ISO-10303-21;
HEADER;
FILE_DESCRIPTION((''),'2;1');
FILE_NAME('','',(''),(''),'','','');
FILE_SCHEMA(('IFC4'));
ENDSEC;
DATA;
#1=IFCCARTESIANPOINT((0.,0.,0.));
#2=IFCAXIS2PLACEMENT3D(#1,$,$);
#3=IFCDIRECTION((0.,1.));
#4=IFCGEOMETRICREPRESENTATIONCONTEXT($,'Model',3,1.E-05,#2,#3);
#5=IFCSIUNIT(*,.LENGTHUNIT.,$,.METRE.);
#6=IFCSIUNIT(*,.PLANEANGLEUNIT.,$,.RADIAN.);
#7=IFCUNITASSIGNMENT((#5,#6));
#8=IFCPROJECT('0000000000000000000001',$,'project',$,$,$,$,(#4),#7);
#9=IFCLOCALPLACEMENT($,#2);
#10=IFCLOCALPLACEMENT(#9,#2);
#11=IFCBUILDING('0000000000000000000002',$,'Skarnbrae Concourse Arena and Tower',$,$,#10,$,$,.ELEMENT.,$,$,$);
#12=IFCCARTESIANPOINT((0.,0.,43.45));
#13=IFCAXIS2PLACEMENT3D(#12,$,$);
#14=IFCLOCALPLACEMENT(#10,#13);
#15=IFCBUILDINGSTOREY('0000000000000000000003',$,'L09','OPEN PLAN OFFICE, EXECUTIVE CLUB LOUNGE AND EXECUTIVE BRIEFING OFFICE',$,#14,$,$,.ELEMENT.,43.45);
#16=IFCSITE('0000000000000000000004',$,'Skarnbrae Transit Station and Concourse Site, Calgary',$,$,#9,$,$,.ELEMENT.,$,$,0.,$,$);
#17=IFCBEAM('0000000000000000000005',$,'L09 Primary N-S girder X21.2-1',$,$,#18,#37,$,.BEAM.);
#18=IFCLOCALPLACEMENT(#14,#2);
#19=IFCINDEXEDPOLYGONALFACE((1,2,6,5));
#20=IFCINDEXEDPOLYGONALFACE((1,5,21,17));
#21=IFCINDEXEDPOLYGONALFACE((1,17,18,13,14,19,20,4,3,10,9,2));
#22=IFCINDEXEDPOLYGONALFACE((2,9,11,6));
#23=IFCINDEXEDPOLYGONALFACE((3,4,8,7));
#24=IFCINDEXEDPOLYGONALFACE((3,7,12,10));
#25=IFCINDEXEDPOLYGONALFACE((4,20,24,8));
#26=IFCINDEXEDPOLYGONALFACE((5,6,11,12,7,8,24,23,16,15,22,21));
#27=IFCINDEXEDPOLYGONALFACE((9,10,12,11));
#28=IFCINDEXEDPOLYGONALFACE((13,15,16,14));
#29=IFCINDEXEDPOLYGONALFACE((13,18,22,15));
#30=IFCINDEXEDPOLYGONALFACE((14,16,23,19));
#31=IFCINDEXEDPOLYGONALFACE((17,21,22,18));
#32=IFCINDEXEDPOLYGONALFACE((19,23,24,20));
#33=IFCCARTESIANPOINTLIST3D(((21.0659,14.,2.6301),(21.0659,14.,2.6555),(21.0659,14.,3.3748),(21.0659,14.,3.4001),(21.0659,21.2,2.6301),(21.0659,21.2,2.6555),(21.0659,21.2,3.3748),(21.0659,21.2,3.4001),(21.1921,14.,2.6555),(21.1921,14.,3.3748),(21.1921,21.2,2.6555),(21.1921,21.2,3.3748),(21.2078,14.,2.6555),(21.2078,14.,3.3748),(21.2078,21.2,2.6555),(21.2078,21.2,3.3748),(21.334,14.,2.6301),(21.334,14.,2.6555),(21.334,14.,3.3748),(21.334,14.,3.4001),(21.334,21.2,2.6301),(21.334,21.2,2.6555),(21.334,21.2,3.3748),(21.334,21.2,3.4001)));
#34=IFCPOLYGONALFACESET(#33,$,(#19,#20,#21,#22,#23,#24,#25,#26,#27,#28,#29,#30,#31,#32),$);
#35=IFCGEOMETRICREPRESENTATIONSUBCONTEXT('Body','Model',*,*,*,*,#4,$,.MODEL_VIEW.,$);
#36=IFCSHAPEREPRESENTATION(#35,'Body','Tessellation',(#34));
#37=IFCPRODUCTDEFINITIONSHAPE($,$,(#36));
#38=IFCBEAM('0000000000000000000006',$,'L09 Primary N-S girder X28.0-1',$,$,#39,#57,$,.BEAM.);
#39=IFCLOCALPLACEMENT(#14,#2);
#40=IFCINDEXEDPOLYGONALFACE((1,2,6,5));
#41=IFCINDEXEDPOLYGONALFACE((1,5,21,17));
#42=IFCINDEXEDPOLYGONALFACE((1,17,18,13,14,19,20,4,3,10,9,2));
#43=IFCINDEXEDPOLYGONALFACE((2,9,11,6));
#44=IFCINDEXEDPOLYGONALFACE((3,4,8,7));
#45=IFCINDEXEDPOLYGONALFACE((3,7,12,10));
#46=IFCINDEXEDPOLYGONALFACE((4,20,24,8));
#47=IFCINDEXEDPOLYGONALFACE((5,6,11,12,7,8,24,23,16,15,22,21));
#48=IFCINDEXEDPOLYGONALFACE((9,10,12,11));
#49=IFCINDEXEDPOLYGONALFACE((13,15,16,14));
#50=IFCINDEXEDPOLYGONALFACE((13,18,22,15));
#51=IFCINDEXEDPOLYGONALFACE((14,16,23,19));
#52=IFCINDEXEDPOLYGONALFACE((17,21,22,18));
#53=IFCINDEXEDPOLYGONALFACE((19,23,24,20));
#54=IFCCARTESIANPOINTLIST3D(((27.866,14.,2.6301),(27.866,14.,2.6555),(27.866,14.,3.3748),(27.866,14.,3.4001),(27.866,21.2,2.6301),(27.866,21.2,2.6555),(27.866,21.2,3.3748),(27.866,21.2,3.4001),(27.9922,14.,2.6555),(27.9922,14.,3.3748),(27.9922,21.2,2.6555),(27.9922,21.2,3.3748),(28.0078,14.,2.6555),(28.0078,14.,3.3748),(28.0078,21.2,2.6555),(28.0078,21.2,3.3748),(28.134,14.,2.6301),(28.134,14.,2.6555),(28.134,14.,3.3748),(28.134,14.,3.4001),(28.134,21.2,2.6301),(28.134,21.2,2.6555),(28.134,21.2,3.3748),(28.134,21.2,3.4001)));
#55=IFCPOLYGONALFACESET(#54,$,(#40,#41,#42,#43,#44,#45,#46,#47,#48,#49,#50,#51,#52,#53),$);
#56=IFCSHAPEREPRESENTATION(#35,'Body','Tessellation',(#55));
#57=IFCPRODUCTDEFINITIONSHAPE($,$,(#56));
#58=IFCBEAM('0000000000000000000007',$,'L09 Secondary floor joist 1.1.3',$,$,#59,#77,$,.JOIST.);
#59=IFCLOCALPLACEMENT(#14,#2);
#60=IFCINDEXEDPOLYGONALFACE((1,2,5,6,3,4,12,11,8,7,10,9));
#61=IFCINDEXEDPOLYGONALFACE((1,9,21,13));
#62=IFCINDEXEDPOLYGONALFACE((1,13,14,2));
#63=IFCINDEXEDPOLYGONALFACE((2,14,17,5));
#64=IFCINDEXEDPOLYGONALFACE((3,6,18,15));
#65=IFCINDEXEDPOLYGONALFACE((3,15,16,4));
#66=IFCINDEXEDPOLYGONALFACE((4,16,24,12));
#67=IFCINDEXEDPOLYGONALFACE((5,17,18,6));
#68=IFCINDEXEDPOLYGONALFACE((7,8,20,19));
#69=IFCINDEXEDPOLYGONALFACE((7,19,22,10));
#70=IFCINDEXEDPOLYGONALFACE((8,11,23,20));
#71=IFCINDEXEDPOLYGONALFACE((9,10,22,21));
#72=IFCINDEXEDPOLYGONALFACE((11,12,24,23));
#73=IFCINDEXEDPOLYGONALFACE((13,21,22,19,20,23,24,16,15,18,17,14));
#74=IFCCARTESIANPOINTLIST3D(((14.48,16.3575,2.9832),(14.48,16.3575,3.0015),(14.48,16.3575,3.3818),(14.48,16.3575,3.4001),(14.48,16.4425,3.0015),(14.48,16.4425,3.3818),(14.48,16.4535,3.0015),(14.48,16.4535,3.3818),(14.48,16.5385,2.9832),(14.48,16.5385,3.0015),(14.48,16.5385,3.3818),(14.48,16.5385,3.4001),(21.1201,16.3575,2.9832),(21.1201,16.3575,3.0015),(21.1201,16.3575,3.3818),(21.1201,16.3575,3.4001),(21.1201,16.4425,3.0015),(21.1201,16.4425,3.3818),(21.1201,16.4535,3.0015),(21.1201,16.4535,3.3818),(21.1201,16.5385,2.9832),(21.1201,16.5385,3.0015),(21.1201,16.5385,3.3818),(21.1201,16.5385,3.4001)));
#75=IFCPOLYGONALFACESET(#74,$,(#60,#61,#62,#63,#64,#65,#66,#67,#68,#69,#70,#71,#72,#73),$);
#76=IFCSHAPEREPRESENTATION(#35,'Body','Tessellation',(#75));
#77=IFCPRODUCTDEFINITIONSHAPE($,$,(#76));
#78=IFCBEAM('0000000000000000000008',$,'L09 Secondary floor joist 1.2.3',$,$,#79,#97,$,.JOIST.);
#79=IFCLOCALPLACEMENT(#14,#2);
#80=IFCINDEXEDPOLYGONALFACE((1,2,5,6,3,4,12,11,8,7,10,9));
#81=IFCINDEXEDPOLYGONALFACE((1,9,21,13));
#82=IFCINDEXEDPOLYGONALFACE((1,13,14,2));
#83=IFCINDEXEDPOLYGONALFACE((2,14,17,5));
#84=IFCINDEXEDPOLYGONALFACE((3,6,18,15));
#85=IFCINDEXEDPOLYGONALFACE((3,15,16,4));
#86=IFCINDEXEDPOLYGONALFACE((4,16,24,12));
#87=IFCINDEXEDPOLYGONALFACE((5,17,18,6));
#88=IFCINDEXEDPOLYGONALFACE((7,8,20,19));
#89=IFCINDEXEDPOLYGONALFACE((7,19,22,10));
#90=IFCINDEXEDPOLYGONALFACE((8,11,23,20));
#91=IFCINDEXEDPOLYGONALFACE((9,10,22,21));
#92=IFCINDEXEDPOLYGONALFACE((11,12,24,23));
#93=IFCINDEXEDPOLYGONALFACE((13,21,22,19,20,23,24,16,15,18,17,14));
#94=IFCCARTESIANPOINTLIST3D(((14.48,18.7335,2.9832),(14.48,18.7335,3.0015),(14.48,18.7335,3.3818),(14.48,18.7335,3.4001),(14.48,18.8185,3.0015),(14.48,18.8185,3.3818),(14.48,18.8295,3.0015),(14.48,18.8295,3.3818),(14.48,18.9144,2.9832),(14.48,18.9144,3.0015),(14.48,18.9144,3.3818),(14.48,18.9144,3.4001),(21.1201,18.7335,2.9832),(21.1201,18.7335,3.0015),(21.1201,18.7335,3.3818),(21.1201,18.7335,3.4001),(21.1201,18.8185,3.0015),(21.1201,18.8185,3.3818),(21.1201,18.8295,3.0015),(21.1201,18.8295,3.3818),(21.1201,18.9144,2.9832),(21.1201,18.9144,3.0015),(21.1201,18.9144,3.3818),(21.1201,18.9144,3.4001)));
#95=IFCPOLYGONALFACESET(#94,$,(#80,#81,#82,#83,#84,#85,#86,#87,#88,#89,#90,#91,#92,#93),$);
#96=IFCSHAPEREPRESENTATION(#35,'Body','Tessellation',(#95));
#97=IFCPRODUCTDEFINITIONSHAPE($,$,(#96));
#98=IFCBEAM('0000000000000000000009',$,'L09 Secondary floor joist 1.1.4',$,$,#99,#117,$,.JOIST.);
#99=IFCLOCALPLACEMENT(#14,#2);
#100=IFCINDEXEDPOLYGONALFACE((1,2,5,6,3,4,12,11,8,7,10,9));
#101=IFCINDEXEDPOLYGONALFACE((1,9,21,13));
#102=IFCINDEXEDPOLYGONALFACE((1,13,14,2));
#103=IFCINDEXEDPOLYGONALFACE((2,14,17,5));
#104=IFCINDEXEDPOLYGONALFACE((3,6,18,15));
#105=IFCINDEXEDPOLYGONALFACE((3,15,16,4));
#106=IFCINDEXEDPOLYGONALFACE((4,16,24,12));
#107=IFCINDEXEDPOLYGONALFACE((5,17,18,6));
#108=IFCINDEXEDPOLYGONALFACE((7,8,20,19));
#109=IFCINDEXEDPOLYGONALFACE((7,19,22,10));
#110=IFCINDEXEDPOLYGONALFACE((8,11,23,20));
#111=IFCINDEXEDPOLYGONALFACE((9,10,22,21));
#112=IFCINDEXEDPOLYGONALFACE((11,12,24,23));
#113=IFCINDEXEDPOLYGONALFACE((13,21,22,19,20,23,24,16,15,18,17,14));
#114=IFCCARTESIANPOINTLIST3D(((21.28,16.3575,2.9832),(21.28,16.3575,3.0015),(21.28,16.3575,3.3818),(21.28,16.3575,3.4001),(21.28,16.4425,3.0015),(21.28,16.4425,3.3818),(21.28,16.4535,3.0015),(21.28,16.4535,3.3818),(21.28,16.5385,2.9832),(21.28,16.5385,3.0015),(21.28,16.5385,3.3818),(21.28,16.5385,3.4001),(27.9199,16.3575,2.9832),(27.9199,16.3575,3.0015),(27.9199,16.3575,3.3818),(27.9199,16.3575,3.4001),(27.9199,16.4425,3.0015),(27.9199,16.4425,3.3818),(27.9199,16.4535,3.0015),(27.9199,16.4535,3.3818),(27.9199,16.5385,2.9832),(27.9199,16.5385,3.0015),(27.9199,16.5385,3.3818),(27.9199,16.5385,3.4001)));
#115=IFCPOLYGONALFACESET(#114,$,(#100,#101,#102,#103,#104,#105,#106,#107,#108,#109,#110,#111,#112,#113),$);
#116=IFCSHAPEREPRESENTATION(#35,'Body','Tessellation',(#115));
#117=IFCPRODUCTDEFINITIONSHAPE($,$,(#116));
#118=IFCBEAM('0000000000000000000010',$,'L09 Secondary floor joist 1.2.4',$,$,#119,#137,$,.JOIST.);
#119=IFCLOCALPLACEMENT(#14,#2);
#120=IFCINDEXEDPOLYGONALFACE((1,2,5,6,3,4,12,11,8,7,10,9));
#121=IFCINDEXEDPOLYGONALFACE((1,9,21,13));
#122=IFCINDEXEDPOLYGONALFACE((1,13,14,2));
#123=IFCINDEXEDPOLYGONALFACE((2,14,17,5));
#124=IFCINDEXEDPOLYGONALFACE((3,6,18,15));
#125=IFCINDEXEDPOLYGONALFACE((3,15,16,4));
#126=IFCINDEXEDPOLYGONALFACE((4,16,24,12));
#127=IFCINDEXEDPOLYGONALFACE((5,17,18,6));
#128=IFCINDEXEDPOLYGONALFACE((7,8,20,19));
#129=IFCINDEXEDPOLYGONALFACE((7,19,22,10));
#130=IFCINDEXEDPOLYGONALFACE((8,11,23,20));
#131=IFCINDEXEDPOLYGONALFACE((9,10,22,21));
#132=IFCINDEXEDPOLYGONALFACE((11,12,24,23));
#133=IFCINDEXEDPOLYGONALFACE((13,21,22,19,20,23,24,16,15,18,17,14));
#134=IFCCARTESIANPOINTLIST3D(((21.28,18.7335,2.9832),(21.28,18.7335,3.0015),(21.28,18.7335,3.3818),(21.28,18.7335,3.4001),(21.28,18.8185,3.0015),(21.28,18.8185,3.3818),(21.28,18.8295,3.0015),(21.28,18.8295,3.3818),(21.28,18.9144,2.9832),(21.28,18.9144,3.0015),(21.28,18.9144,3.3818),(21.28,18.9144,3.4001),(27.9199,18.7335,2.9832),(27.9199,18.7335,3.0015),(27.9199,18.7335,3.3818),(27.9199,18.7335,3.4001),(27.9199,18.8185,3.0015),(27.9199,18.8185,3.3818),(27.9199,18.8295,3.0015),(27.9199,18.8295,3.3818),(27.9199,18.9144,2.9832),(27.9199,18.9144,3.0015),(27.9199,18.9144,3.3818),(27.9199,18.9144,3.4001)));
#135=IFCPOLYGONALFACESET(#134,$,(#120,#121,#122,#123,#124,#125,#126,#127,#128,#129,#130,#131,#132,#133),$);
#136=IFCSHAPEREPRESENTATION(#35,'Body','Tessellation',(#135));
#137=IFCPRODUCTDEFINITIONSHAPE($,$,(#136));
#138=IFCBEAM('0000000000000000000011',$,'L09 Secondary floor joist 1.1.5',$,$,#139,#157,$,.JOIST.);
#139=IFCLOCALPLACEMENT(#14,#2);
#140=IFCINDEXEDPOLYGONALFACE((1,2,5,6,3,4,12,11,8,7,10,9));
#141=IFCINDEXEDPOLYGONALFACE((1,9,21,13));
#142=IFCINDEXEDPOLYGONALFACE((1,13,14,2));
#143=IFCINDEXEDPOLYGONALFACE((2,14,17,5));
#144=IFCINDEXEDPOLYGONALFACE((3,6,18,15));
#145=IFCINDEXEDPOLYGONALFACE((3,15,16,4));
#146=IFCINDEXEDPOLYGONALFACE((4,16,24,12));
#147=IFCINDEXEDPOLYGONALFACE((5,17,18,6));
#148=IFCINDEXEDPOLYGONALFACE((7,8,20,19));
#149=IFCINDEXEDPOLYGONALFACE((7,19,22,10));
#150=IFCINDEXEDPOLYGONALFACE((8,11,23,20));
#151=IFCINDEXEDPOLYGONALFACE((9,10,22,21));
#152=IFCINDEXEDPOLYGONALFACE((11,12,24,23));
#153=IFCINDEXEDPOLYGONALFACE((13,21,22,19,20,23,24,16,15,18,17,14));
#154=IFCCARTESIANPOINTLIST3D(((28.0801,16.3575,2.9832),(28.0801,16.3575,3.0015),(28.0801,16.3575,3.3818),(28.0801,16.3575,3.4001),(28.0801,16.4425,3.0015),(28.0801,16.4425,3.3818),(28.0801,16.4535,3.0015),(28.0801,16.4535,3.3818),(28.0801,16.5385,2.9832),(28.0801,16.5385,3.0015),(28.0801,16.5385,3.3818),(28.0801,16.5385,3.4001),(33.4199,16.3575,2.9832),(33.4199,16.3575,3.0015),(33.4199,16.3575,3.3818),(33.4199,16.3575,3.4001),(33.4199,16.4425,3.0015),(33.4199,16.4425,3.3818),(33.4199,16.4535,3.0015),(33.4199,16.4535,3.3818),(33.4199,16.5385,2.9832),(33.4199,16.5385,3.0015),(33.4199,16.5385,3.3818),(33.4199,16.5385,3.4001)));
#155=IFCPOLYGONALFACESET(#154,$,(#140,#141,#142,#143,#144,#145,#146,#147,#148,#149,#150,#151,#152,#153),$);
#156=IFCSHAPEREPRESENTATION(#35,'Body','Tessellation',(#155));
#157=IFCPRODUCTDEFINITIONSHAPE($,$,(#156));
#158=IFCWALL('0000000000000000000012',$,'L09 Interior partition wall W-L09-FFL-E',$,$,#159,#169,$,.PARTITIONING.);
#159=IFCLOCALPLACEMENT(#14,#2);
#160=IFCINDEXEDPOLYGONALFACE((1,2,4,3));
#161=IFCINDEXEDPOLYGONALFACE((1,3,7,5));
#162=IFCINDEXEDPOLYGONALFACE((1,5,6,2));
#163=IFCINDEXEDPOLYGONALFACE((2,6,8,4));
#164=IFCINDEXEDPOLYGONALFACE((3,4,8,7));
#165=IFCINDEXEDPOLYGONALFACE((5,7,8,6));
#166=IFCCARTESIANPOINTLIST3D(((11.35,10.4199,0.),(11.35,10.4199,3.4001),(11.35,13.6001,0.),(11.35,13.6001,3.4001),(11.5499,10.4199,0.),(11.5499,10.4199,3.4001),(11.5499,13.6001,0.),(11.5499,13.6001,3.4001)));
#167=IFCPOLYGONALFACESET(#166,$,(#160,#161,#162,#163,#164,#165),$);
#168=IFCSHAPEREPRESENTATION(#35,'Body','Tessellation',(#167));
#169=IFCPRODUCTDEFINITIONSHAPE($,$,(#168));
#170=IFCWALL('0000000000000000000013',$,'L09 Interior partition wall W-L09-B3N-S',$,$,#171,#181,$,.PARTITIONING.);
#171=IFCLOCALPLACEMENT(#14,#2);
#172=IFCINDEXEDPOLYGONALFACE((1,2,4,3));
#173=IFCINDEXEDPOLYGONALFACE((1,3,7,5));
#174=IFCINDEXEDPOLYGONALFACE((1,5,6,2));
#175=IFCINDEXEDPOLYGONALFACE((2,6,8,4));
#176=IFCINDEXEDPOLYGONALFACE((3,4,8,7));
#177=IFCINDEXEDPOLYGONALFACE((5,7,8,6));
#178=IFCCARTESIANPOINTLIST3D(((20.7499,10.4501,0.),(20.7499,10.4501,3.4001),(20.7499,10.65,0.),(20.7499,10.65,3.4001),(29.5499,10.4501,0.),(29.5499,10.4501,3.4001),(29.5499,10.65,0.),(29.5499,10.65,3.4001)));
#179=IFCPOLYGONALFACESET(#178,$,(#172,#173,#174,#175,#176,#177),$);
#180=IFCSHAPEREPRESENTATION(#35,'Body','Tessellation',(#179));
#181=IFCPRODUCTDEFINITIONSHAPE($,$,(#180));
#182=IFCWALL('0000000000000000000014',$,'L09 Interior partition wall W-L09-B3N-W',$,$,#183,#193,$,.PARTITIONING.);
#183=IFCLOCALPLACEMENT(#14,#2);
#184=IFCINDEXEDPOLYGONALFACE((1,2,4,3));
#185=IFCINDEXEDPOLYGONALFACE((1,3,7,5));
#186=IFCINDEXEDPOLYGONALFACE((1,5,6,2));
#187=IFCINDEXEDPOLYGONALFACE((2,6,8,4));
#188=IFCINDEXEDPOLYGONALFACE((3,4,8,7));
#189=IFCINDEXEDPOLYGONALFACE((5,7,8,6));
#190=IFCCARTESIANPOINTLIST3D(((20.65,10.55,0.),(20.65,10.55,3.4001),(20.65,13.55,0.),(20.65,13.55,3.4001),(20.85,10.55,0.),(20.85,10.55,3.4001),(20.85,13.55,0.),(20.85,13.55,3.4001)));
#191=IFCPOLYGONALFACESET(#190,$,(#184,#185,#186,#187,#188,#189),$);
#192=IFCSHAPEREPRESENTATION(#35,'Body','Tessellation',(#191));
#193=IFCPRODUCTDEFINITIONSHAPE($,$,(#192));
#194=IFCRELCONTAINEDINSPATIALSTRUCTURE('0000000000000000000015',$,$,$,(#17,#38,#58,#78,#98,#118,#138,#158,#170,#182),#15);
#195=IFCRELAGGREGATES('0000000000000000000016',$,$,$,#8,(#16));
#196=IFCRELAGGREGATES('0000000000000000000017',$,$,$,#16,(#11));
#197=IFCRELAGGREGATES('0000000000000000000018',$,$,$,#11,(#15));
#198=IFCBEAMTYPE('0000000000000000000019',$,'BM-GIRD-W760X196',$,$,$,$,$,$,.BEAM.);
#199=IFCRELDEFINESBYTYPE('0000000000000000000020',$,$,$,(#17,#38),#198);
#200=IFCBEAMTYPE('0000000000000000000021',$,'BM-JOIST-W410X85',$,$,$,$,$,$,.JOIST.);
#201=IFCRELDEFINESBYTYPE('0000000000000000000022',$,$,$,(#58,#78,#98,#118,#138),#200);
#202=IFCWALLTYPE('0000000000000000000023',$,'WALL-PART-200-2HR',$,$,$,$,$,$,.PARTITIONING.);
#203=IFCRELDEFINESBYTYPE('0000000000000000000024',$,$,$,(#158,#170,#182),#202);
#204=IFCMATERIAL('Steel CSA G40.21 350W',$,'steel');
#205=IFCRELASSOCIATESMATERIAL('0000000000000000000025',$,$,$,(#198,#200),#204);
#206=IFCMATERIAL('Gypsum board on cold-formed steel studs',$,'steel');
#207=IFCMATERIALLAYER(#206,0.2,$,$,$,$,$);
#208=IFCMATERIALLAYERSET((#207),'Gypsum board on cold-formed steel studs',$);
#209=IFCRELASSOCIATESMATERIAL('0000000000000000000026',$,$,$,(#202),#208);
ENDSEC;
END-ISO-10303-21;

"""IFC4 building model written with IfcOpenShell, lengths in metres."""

from ifc_helpers import new_model, si_unit, direction, frame, frame_2d, origin, origin_2d, place, context, subcontext, project, spatial, rectangle, i_section, extrude, source, transform, mapped, material, layer, layer_set, material_profile, profile_set, type_object, element, save


model = new_model("IFC4")

# Units and contexts
model_context = context("Model", 3, precision=1e-05, world=origin(), true_north=direction((0.0, 1.0)))
body_context = subcontext(model_context, "Body", "Model", "MODEL_VIEW")
ifc_project = project(units=[si_unit("LENGTHUNIT", "METRE"), si_unit("PLANEANGLEUNIT", "RADIAN")], contexts=[model_context])

# Site, building, storey
site_placement = place(None, origin())
site = spatial("IfcSite", under=ifc_project, at=site_placement, Name="Skarnbrae Transit Station and Concourse Site, Calgary", CompositionType="ELEMENT", RefElevation=0.0)
building_placement = place(site_placement, origin())
building = spatial("IfcBuilding", under=site, at=building_placement, Name="Skarnbrae Concourse Arena and Tower", CompositionType="ELEMENT")
storey_placement = place(building_placement, frame((0.0, 0.0, 43.45)))
storey = spatial("IfcBuildingStorey", under=building, at=storey_placement, Name="L09", Description="OPEN PLAN OFFICE, EXECUTIVE CLUB LOUNGE AND EXECUTIVE BRIEFING OFFICE", CompositionType="ELEMENT", Elevation=43.45)

# Shared definitions
ifc_material_1 = material(Name="Steel CSA G40.21 350W", Category="steel")

# Beams
ifc_material_profile_1 = material_profile(ifc_material_1, i_section(OverallWidth=0.2681, OverallDepth=0.77, WebThickness=0.0156, FlangeThickness=0.0254, at=origin_2d()), Name="W760X196")
ifc_profile_set_1 = profile_set([ifc_material_profile_1], Name="Steel CSA G40.21 350W")
beam_type_1 = type_object("IfcBeamType", Name="BM-GIRD-W760X196", PredefinedType="BEAM", material=ifc_profile_set_1)
shared_shape_1 = source(origin(), body_context, "Body", "SweptSolid", [
    extrude(i_section(OverallWidth=0.2681, OverallDepth=0.77, WebThickness=0.0156, FlangeThickness=0.0254, at=origin_2d()), origin(), (0.0, 0.0, 1.0), 7.2),
])
for number, where, z_axis, x_axis, name in (
    (1, (21.2, 14.0, 3.0151), (0.0, 1.0, 0.0), (-1.0, 0.0, 0.0), "L09 Primary N-S girder X21.2-1"),
    (2, (28.0, 14.0, 3.0151), (0.0, 1.0, 0.0), (-1.0, 0.0, 0.0), "L09 Primary N-S girder X28.0-1"),
):
    element("IfcBeam", number, at=place(storey_placement, frame(where, z_axis=z_axis, x_axis=x_axis)), inside=storey, type_object=beam_type_1, Name=name, PredefinedType="BEAM", context=body_context, shape_type="MappedRepresentation", body=[
        mapped(shared_shape_1, transform((0.0, 0.0, 0.0))),
    ])
ifc_material_profile_2 = material_profile(ifc_material_1, i_section(OverallWidth=0.1809, OverallDepth=0.417, WebThickness=0.011, FlangeThickness=0.0183, at=origin_2d()), Name="W410X85")
ifc_profile_set_2 = profile_set([ifc_material_profile_2], Name="Steel CSA G40.21 350W")
beam_type_2 = type_object("IfcBeamType", Name="BM-JOIST-W410X85", PredefinedType="JOIST", material=ifc_profile_set_2)
shared_shape_2 = source(origin(), body_context, "Body", "SweptSolid", [
    extrude(i_section(OverallWidth=0.1809, OverallDepth=0.417, WebThickness=0.011, FlangeThickness=0.0183, at=origin_2d()), origin(), (0.0, 0.0, 1.0), 6.6401),
])
for number, where, z_axis, x_axis, name in (
    (3, (14.48, 16.448, 3.1917), (1.0, 0.0, 0.0), (0.0, 1.0, 0.0), "L09 Secondary floor joist 1.1.3"),
    (4, (14.48, 18.824, 3.1917), (1.0, 0.0, 0.0), (0.0, 1.0, 0.0), "L09 Secondary floor joist 1.2.3"),
):
    element("IfcBeam", number, at=place(storey_placement, frame(where, z_axis=z_axis, x_axis=x_axis)), inside=storey, type_object=beam_type_2, Name=name, PredefinedType="JOIST", context=body_context, shape_type="MappedRepresentation", body=[
        mapped(shared_shape_2, transform((0.0, 0.0, 0.0))),
    ])
shared_shape_3 = source(origin(), body_context, "Body", "SweptSolid", [
    extrude(i_section(OverallWidth=0.1809, OverallDepth=0.417, WebThickness=0.011, FlangeThickness=0.0183, at=origin_2d()), origin(), (0.0, 0.0, 1.0), 6.6399),
])
for number, where, z_axis, x_axis, name in (
    (5, (21.28, 16.448, 3.1917), (1.0, 0.0, 0.0), (0.0, 1.0, 0.0), "L09 Secondary floor joist 1.1.4"),
    (6, (21.28, 18.824, 3.1917), (1.0, 0.0, 0.0), (0.0, 1.0, 0.0), "L09 Secondary floor joist 1.2.4"),
):
    element("IfcBeam", number, at=place(storey_placement, frame(where, z_axis=z_axis, x_axis=x_axis)), inside=storey, type_object=beam_type_2, Name=name, PredefinedType="JOIST", context=body_context, shape_type="MappedRepresentation", body=[
        mapped(shared_shape_3, transform((0.0, 0.0, 0.0))),
    ])
shared_shape_4 = source(origin(), body_context, "Body", "SweptSolid", [
    extrude(i_section(OverallWidth=0.1809, OverallDepth=0.417, WebThickness=0.011, FlangeThickness=0.0183, at=origin_2d()), origin(), (0.0, 0.0, 1.0), 5.3398),
])
beam_1_placement = place(storey_placement, frame((28.0801, 16.448, 3.1917), z_axis=(1.0, 0.0, 0.0), x_axis=(0.0, 1.0, 0.0)))
element("IfcBeam", 7, at=beam_1_placement, inside=storey, type_object=beam_type_2, Name="L09 Secondary floor joist 1.1.5", PredefinedType="JOIST", context=body_context, shape_type="MappedRepresentation", body=[
    mapped(shared_shape_4, transform((0.0, 0.0, 0.0))),
])

# Wall
ifc_material_2 = material(Name="Gypsum board on cold-formed steel studs", Category="steel")
ifc_layer_1 = layer(ifc_material_2, 0.2)
ifc_layer_set_1 = layer_set([ifc_layer_1], Name="Gypsum board on cold-formed steel studs")
wall_type_1 = type_object("IfcWallType", Name="WALL-PART-200-2HR", PredefinedType="PARTITIONING", material=ifc_layer_set_1)
shared_shape_5 = source(origin(), body_context, "Body", "SweptSolid", [
    extrude(rectangle(XDim=3.1802, YDim=0.2, at=frame_2d((1.5901, 0.0))), origin(), (0.0, 0.0, 1.0), 3.4001),
])
wall_1_placement = place(storey_placement, frame((11.45, 10.4199, 0.0), z_axis=(0.0, 0.0, 1.0), x_axis=(0.0, 1.0, 0.0)))
element("IfcWall", 8, at=wall_1_placement, inside=storey, type_object=wall_type_1, Name="L09 Interior partition wall W-L09-FFL-E", PredefinedType="PARTITIONING", context=body_context, shape_type="MappedRepresentation", body=[
    mapped(shared_shape_5, transform((0.0, 0.0, 0.0))),
])

# Walls
shared_shape_6 = source(origin(), body_context, "Body", "SweptSolid", [
    extrude(rectangle(XDim=8.8, YDim=0.2, at=frame_2d((4.3999, 0.0))), origin(), (0.0, 0.0, 1.0), 3.4001),
])
wall_2_placement = place(storey_placement, frame((20.75, 10.55, 0.0), z_axis=(0.0, 0.0, 1.0), x_axis=(1.0, 0.0, 0.0)))
element("IfcWall", 9, at=wall_2_placement, inside=storey, type_object=wall_type_1, Name="L09 Interior partition wall W-L09-B3N-S", PredefinedType="PARTITIONING", context=body_context, shape_type="MappedRepresentation", body=[
    mapped(shared_shape_6, transform((0.0, 0.0, 0.0))),
])
shared_shape_7 = source(origin(), body_context, "Body", "SweptSolid", [
    extrude(rectangle(XDim=3.0, YDim=0.2, at=frame_2d((1.5, 0.0))), origin(), (0.0, 0.0, 1.0), 3.4001),
])
wall_3_placement = place(storey_placement, frame((20.75, 10.55, 0.0), z_axis=(0.0, 0.0, 1.0), x_axis=(0.0, 1.0, 0.0)))
element("IfcWall", 10, at=wall_3_placement, inside=storey, type_object=wall_type_1, Name="L09 Interior partition wall W-L09-B3N-W", PredefinedType="PARTITIONING", context=body_context, shape_type="MappedRepresentation", body=[
    mapped(shared_shape_7, transform((0.0, 0.0, 0.0))),
])

save(model, "model.ifc")
